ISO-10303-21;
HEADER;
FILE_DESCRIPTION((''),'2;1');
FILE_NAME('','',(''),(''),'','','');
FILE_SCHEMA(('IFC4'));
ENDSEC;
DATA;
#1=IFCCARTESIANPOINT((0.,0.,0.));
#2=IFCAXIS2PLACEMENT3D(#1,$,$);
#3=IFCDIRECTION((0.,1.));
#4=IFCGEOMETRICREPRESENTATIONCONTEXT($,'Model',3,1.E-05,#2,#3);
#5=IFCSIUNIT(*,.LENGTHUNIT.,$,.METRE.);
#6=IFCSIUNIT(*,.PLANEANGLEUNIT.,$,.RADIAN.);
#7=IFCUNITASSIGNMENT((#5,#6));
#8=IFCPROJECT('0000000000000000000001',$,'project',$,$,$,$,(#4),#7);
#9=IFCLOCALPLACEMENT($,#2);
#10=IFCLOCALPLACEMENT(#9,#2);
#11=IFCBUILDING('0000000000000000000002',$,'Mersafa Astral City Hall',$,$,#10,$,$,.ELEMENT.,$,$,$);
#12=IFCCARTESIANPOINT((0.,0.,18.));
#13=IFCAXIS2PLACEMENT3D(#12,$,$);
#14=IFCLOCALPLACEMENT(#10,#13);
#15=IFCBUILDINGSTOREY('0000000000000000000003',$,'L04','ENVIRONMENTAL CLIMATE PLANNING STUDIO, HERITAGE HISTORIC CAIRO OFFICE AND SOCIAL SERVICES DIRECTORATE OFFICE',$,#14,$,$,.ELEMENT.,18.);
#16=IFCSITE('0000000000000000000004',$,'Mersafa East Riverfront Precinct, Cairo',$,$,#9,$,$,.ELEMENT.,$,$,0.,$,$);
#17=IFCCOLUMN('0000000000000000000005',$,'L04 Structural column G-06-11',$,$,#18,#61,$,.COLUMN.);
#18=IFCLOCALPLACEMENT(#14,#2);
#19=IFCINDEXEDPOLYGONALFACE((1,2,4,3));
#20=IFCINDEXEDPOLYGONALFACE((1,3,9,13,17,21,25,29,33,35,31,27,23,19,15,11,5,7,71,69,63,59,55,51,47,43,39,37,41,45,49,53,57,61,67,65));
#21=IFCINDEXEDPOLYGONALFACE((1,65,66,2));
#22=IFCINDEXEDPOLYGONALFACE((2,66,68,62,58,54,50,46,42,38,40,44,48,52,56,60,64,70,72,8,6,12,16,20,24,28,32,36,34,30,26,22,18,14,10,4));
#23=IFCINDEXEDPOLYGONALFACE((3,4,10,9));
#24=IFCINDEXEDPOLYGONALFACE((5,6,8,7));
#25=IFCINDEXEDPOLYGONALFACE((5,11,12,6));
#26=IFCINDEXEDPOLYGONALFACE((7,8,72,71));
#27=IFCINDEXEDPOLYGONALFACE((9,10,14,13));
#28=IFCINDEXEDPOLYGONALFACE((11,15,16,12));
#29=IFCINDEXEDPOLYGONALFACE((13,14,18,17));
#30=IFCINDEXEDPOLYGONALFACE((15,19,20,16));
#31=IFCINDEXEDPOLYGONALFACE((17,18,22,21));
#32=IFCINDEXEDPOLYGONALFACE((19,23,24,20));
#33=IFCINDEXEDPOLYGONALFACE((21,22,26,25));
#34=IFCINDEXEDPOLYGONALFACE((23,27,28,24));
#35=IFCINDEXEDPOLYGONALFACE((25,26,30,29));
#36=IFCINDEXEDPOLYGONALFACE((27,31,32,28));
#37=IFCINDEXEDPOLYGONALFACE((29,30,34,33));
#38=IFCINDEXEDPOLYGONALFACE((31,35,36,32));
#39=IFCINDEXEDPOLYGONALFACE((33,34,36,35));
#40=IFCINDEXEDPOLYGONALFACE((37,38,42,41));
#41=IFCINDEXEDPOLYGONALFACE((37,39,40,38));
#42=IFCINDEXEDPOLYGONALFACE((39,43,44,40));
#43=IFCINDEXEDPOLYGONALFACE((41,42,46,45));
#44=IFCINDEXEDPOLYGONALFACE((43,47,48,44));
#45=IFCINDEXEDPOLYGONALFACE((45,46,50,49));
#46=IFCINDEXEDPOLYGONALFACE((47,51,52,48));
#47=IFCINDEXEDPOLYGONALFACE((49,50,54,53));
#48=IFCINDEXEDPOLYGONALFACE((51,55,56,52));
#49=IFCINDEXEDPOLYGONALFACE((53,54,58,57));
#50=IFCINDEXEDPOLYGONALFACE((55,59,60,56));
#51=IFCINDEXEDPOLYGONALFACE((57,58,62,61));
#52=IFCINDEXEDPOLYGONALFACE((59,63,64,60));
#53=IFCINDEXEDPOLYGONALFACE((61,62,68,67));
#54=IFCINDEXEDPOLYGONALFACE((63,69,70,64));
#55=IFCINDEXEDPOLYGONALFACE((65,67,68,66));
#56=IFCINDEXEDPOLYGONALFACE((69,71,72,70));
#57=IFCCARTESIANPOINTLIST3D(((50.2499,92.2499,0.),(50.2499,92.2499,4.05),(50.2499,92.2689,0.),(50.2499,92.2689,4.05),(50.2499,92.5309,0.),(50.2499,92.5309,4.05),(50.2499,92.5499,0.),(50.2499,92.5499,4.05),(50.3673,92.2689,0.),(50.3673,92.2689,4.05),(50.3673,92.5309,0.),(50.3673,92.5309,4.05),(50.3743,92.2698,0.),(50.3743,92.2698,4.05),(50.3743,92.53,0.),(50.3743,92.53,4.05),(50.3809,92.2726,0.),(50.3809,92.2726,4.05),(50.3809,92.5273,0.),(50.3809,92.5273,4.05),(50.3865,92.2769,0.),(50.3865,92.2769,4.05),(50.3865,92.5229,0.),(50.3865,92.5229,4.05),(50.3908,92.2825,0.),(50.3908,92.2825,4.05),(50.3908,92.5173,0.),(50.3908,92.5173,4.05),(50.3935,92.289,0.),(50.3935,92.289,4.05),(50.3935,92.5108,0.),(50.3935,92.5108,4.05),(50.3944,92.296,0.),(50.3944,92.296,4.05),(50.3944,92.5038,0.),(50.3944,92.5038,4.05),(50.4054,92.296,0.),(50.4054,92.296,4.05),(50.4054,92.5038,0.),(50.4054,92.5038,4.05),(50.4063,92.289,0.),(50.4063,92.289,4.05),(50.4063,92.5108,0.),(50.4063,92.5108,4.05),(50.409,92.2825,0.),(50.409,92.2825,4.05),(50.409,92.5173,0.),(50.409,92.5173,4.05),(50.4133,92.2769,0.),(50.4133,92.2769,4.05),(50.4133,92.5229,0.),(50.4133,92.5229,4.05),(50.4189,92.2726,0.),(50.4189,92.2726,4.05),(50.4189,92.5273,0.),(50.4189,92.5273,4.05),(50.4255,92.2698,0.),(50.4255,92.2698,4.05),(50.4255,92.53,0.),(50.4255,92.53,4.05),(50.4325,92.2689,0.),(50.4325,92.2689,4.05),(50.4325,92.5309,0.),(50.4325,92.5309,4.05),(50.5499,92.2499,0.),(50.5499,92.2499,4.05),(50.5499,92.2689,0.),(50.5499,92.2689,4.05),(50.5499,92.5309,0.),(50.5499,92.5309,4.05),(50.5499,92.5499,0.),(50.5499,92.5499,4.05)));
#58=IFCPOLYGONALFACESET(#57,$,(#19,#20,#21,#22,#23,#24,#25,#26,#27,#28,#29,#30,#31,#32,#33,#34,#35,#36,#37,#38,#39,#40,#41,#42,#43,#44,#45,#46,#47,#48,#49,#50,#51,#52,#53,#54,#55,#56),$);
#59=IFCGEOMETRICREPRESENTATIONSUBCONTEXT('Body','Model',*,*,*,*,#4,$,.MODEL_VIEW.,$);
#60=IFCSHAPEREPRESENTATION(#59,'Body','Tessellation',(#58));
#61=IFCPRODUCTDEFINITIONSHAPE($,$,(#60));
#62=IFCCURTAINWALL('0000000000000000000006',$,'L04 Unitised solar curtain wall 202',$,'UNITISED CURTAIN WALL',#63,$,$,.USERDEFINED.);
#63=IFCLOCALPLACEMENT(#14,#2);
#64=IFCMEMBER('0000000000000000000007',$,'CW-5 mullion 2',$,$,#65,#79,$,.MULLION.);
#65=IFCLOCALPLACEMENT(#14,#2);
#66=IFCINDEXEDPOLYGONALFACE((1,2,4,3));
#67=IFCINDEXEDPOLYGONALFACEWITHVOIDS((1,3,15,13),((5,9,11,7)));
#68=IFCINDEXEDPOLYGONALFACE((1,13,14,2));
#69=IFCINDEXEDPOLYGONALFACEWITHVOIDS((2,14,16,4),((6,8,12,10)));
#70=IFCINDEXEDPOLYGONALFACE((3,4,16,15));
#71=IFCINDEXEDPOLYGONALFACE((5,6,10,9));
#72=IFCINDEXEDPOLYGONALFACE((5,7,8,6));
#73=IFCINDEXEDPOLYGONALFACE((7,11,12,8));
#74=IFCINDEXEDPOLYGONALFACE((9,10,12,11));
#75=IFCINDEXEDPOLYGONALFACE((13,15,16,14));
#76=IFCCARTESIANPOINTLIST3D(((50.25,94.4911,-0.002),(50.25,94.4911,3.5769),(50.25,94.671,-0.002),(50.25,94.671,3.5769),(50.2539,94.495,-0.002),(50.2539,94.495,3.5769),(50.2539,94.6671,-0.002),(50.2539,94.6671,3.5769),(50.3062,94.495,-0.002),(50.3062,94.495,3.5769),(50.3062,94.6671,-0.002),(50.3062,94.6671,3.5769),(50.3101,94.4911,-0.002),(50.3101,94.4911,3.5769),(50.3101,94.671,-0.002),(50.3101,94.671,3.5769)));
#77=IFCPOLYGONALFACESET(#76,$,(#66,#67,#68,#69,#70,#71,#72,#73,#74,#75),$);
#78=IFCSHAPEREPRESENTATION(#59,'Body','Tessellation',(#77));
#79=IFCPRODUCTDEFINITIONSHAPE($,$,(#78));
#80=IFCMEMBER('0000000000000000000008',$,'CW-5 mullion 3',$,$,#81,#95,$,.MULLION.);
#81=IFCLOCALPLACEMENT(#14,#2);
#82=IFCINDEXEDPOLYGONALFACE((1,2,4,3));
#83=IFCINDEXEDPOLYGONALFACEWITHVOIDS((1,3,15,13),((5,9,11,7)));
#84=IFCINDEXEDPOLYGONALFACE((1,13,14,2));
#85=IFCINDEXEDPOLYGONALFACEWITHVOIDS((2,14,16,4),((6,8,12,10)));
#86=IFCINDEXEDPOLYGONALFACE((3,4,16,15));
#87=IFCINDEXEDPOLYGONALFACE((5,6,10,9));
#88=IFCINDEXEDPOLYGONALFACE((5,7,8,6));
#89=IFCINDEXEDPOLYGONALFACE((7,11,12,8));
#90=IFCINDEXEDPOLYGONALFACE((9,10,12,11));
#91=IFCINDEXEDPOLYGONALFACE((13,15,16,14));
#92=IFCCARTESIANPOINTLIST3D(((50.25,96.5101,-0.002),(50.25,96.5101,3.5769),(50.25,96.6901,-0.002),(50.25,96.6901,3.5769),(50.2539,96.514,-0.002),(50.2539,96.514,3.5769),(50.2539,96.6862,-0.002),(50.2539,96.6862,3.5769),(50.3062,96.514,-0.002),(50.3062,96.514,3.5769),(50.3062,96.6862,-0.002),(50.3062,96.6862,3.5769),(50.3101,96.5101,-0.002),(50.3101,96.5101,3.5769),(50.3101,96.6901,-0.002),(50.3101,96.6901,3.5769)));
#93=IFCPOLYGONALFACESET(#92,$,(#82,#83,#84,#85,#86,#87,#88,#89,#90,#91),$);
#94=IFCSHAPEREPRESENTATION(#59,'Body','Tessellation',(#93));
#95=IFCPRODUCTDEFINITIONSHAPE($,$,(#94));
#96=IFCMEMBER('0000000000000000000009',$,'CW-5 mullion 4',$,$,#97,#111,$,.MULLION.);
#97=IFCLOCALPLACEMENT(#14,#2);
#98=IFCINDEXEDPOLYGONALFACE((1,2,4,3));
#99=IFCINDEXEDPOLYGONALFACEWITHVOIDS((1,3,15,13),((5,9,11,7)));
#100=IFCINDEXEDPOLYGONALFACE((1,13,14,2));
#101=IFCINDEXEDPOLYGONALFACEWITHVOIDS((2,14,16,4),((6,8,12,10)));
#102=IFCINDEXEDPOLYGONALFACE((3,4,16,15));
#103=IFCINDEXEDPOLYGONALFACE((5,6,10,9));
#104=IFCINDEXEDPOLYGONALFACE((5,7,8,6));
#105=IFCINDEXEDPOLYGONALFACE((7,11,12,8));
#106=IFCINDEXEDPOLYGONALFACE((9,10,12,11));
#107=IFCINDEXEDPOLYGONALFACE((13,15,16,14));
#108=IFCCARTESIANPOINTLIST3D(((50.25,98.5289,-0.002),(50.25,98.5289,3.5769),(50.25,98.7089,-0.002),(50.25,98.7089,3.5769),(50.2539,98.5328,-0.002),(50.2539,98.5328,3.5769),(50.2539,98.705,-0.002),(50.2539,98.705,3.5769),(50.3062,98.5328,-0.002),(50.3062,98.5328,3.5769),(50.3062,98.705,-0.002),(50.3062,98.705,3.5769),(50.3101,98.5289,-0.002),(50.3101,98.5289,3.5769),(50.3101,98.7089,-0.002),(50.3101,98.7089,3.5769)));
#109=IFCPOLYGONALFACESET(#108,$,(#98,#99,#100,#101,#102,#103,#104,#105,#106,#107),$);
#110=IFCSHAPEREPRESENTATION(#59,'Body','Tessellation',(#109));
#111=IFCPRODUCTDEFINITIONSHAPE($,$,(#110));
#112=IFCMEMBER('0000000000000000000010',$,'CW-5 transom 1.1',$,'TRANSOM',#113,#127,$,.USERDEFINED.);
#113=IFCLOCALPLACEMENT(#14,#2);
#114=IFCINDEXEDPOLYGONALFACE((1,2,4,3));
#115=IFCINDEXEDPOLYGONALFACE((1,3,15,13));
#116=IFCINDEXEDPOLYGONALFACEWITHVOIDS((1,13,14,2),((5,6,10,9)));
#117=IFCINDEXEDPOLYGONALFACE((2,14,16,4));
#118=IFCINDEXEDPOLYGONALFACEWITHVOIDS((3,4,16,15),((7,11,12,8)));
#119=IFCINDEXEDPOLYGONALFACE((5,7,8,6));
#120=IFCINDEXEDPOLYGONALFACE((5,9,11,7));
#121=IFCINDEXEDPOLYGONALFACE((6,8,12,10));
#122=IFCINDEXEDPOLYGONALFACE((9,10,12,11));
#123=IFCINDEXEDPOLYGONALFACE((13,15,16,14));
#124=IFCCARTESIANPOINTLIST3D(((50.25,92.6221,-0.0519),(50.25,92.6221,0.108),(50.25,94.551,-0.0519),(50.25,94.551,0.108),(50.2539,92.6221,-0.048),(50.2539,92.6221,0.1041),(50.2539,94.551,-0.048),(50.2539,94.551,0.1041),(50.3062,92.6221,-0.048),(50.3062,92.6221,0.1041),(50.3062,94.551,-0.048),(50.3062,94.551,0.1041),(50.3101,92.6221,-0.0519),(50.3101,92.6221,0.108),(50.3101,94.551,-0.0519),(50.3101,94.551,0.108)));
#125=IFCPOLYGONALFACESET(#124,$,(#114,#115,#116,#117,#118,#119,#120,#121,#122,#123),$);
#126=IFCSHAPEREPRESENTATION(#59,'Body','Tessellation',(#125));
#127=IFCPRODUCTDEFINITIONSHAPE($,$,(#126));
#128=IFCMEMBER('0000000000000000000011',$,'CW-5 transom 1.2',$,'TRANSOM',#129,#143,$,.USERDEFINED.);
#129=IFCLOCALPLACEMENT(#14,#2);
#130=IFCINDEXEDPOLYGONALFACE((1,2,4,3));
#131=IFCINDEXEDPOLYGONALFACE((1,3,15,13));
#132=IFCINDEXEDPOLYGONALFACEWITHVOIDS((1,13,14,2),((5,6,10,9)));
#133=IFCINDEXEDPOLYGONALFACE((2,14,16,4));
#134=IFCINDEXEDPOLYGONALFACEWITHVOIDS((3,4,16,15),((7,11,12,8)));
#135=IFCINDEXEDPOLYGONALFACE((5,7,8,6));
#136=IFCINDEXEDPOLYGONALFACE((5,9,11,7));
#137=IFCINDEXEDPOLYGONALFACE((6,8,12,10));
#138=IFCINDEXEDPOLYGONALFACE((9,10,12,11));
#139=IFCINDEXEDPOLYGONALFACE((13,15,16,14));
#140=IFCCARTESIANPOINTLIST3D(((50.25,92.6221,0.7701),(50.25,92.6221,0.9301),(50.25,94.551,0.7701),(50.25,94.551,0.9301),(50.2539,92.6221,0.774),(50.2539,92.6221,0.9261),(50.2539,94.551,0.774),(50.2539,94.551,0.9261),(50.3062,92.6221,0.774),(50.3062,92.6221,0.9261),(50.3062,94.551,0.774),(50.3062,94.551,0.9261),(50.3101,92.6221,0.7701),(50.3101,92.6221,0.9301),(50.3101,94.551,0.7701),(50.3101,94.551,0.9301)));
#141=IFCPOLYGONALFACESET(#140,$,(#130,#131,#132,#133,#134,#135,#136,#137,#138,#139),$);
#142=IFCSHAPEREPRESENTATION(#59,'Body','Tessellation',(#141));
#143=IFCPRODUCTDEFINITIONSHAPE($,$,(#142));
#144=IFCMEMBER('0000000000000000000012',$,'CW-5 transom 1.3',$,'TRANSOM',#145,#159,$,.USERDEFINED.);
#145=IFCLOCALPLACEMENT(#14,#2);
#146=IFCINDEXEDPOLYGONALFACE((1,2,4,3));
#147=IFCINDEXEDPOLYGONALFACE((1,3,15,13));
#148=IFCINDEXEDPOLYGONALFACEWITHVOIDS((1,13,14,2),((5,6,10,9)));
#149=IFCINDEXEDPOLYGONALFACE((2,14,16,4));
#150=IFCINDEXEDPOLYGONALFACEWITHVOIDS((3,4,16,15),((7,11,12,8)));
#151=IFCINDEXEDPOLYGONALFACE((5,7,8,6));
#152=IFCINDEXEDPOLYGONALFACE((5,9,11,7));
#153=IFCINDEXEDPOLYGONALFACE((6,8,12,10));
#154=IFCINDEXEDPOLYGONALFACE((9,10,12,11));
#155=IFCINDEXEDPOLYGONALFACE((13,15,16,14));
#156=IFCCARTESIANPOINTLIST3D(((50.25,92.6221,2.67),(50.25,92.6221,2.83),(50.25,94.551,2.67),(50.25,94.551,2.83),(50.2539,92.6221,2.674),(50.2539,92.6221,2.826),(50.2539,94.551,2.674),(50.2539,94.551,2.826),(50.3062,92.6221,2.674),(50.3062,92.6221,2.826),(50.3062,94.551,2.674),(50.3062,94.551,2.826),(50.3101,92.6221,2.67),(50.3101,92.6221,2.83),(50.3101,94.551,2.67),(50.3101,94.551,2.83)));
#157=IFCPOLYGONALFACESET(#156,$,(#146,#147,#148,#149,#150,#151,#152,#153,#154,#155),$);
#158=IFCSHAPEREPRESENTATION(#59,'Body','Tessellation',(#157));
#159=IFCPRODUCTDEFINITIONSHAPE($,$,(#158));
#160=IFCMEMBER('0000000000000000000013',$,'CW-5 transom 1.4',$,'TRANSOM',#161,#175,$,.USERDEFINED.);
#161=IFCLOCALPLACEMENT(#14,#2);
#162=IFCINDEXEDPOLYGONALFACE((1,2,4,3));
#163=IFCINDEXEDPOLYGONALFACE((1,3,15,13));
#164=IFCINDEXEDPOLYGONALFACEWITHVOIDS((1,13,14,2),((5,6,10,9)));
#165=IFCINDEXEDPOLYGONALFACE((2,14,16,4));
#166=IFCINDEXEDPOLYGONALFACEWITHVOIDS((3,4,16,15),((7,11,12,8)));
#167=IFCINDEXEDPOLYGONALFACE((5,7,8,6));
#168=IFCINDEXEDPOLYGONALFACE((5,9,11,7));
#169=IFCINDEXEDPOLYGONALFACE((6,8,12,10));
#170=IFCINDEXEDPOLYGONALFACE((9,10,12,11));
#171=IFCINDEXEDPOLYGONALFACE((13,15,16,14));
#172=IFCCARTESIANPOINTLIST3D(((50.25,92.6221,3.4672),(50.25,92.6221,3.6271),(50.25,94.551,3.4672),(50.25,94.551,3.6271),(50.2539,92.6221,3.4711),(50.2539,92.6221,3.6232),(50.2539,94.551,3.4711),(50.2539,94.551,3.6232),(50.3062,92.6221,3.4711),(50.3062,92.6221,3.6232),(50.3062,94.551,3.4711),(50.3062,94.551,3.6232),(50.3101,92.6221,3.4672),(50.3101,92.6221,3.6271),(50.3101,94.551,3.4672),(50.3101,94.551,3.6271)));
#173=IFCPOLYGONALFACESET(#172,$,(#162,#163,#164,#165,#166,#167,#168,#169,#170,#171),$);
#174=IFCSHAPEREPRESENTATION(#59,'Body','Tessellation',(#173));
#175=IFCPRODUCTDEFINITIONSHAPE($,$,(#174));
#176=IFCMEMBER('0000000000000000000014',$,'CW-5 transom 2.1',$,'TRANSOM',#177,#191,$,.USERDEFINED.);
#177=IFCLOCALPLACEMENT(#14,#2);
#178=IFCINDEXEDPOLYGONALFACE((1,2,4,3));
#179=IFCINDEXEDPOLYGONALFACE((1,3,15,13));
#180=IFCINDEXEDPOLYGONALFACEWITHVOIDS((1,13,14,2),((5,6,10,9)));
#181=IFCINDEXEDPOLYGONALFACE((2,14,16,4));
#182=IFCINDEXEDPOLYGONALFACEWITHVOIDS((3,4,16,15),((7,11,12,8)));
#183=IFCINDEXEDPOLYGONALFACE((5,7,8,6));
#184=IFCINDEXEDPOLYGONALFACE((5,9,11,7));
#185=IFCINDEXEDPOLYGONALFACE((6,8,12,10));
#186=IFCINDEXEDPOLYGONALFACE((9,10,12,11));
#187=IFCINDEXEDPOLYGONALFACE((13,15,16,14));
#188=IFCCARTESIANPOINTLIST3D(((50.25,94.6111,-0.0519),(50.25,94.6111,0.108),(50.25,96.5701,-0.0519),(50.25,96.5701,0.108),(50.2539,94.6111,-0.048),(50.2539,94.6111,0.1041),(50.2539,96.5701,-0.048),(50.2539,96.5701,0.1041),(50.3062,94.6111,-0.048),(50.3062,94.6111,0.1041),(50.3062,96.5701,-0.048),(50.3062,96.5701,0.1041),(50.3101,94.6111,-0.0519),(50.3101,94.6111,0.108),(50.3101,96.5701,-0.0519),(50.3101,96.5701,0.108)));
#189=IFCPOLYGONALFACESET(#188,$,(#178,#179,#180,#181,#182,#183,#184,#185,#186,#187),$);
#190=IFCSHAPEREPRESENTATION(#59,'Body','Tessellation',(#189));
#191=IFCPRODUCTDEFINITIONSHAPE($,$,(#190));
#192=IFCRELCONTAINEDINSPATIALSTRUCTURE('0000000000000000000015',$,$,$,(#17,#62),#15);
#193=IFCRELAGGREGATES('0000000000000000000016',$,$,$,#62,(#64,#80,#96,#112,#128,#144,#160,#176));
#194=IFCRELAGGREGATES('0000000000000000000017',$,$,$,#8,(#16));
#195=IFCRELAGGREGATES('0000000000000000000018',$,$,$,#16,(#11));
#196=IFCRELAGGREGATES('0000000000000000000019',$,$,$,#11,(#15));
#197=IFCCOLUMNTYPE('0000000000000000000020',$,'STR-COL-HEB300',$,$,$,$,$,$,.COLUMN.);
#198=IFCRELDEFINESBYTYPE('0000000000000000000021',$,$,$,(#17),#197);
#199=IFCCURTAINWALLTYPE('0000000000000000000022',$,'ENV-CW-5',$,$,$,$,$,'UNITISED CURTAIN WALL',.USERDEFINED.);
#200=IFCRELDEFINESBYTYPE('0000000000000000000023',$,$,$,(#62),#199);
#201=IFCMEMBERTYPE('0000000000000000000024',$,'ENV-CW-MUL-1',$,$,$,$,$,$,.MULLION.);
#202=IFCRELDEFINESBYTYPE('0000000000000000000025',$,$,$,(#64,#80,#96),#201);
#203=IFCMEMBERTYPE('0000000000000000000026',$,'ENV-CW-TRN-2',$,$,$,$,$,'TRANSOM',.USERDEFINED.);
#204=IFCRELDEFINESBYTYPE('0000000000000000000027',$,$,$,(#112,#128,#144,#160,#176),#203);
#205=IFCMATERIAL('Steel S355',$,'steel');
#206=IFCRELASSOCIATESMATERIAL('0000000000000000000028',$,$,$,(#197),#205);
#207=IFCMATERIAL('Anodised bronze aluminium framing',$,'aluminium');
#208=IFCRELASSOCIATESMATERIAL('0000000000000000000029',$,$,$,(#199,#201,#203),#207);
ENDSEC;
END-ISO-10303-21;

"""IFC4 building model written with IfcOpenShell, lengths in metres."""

from ifc_helpers import new_model, si_unit, direction, frame, origin, origin_2d, place, context, subcontext, project, spatial, hollow_rectangle, i_section, extrude, material, material_profile, profile_set, type_object, element, aggregate, save


model = new_model("IFC4")

# Units and contexts
model_context = context("Model", 3, precision=1e-05, world=origin(), true_north=direction((0.0, 1.0)))
body_context = subcontext(model_context, "Body", "Model", "MODEL_VIEW")
ifc_project = project(units=[si_unit("LENGTHUNIT", "METRE"), si_unit("PLANEANGLEUNIT", "RADIAN")], contexts=[model_context])

# Site, building, storey
site_placement = place(None, origin())
site = spatial("IfcSite", under=ifc_project, at=site_placement, Name="Mersafa East Riverfront Precinct, Cairo", CompositionType="ELEMENT", RefElevation=0.0)
building_placement = place(site_placement, origin())
building = spatial("IfcBuilding", under=site, at=building_placement, Name="Mersafa Astral City Hall", CompositionType="ELEMENT")
storey_placement = place(building_placement, frame((0.0, 0.0, 18.0)))
storey = spatial("IfcBuildingStorey", under=building, at=storey_placement, Name="L04", Description="ENVIRONMENTAL CLIMATE PLANNING STUDIO, HERITAGE HISTORIC CAIRO OFFICE AND SOCIAL SERVICES DIRECTORATE OFFICE", CompositionType="ELEMENT", Elevation=18.0)

# Column
ifc_material_1 = material(Name="Steel S355", Category="steel")
ifc_material_profile_1 = material_profile(ifc_material_1, i_section(OverallWidth=0.3, OverallDepth=0.3, WebThickness=0.011, FlangeThickness=0.019, FilletRadius=0.0271, at=origin_2d()), Name="HEB 300")
ifc_profile_set_1 = profile_set([ifc_material_profile_1], Name="Steel S355")
column_type = type_object("IfcColumnType", Name="STR-COL-HEB300", PredefinedType="COLUMN", material=ifc_profile_set_1)
column_placement = place(storey_placement, frame((50.3999, 92.3999, 0.0), z_axis=(0.0, 0.0, 1.0), x_axis=(1.0, 0.0, 0.0)))
element("IfcColumn", 1, at=column_placement, inside=storey, type_object=column_type, Name="L04 Structural column G-06-11", PredefinedType="COLUMN", context=body_context, shape_type="SweptSolid", body=[
    extrude(i_section(OverallWidth=0.3, OverallDepth=0.3, WebThickness=0.011, FlangeThickness=0.019, FilletRadius=0.0271, at=origin_2d()), origin(), (0.0, 0.0, 1.0), 4.05),
])

# Curtain wall, members
ifc_material_2 = material(Name="Anodised bronze aluminium framing", Category="aluminium")
curtain_wall_type = type_object("IfcCurtainWallType", Name="ENV-CW-5", ElementType="UNITISED CURTAIN WALL", PredefinedType="USERDEFINED", material=ifc_material_2)
curtain_wall_placement = place(storey_placement, origin())
curtain_wall = element("IfcCurtainWall", 2, at=curtain_wall_placement, inside=storey, type_object=curtain_wall_type, Name="L04 Unitised solar curtain wall 202", ObjectType="UNITISED CURTAIN WALL", PredefinedType="USERDEFINED")
ifc_material_profile_2 = material_profile(ifc_material_2, hollow_rectangle(XDim=0.0601, YDim=0.1799, WallThickness=0.0039, at=origin_2d()), Name="RHS 60x180x4")
ifc_profile_set_2 = profile_set([ifc_material_profile_2], Name="Anodised bronze aluminium framing")
member_type_1 = type_object("IfcMemberType", Name="ENV-CW-MUL-1", PredefinedType="MULLION", material=ifc_profile_set_2)
member_1_placement = place(storey_placement, frame((50.28, 94.5811, -0.002), z_axis=(0.0, 0.0, 1.0), x_axis=(-1.0, 0.0, 0.0)))
member_1 = element("IfcMember", 3, at=member_1_placement, type_object=member_type_1, Name="CW-5 mullion 2", PredefinedType="MULLION", context=body_context, shape_type="SweptSolid", body=[
    extrude(hollow_rectangle(XDim=0.0601, YDim=0.1799, WallThickness=0.0039, at=origin_2d()), origin(), (0.0, 0.0, 1.0), 3.5789),
])
member_2_placement = place(storey_placement, frame((50.28, 96.6001, -0.002), z_axis=(0.0, 0.0, 1.0), x_axis=(-1.0, 0.0, 0.0)))
member_2 = element("IfcMember", 4, at=member_2_placement, type_object=member_type_1, Name="CW-5 mullion 3", PredefinedType="MULLION", context=body_context, shape_type="SweptSolid", body=[
    extrude(hollow_rectangle(XDim=0.0601, YDim=0.1799, WallThickness=0.0039, at=origin_2d()), origin(), (0.0, 0.0, 1.0), 3.5789),
])
member_3_placement = place(storey_placement, frame((50.28, 98.6189, -0.002), z_axis=(0.0, 0.0, 1.0), x_axis=(-1.0, 0.0, 0.0)))
member_3 = element("IfcMember", 5, at=member_3_placement, type_object=member_type_1, Name="CW-5 mullion 4", PredefinedType="MULLION", context=body_context, shape_type="SweptSolid", body=[
    extrude(hollow_rectangle(XDim=0.0601, YDim=0.1799, WallThickness=0.0039, at=origin_2d()), origin(), (0.0, 0.0, 1.0), 3.5789),
])
ifc_material_profile_3 = material_profile(ifc_material_2, hollow_rectangle(XDim=0.0601, YDim=0.1599, WallThickness=0.0039, at=origin_2d()), Name="RHS 60x160x4")
ifc_profile_set_3 = profile_set([ifc_material_profile_3], Name="Anodised bronze aluminium framing")
member_type_2 = type_object("IfcMemberType", Name="ENV-CW-TRN-2", ElementType="TRANSOM", PredefinedType="USERDEFINED", material=ifc_profile_set_3)
member_4_placement = place(storey_placement, frame((50.28, 92.6221, 0.0281), z_axis=(0.0, 1.0, 0.0), x_axis=(-1.0, 0.0, 0.0)))
member_4 = element("IfcMember", 6, at=member_4_placement, type_object=member_type_2, Name="CW-5 transom 1.1", ObjectType="TRANSOM", PredefinedType="USERDEFINED", context=body_context, shape_type="SweptSolid", body=[
    extrude(hollow_rectangle(XDim=0.0601, YDim=0.1599, WallThickness=0.0039, at=origin_2d()), origin(), (0.0, 0.0, 1.0), 1.929),
])
member_5_placement = place(storey_placement, frame((50.28, 92.6221, 0.8501), z_axis=(0.0, 1.0, 0.0), x_axis=(-1.0, 0.0, 0.0)))
member_5 = element("IfcMember", 7, at=member_5_placement, type_object=member_type_2, Name="CW-5 transom 1.2", ObjectType="TRANSOM", PredefinedType="USERDEFINED", context=body_context, shape_type="SweptSolid", body=[
    extrude(hollow_rectangle(XDim=0.0601, YDim=0.1599, WallThickness=0.0039, at=origin_2d()), origin(), (0.0, 0.0, 1.0), 1.929),
])
member_6_placement = place(storey_placement, frame((50.28, 92.6221, 2.75), z_axis=(0.0, 1.0, 0.0), x_axis=(-1.0, 0.0, 0.0)))
member_6 = element("IfcMember", 8, at=member_6_placement, type_object=member_type_2, Name="CW-5 transom 1.3", ObjectType="TRANSOM", PredefinedType="USERDEFINED", context=body_context, shape_type="SweptSolid", body=[
    extrude(hollow_rectangle(XDim=0.0601, YDim=0.1599, WallThickness=0.0039, at=origin_2d()), origin(), (0.0, 0.0, 1.0), 1.929),
])
member_7_placement = place(storey_placement, frame((50.28, 92.6221, 3.5471), z_axis=(0.0, 1.0, 0.0), x_axis=(-1.0, 0.0, 0.0)))
member_7 = element("IfcMember", 9, at=member_7_placement, type_object=member_type_2, Name="CW-5 transom 1.4", ObjectType="TRANSOM", PredefinedType="USERDEFINED", context=body_context, shape_type="SweptSolid", body=[
    extrude(hollow_rectangle(XDim=0.0601, YDim=0.1599, WallThickness=0.0039, at=origin_2d()), origin(), (0.0, 0.0, 1.0), 1.929),
])
member_8_placement = place(storey_placement, frame((50.28, 94.6111, 0.0281), z_axis=(0.0, 1.0, 0.0), x_axis=(-1.0, 0.0, 0.0)))
member_8 = element("IfcMember", 10, at=member_8_placement, type_object=member_type_2, Name="CW-5 transom 2.1", ObjectType="TRANSOM", PredefinedType="USERDEFINED", context=body_context, shape_type="SweptSolid", body=[
    extrude(hollow_rectangle(XDim=0.0601, YDim=0.1599, WallThickness=0.0039, at=origin_2d()), origin(), (0.0, 0.0, 1.0), 1.959),
])

aggregate(curtain_wall, [member_1, member_2, member_3, member_4, member_5, member_6, member_7, member_8])

save(model, "model.ifc")
